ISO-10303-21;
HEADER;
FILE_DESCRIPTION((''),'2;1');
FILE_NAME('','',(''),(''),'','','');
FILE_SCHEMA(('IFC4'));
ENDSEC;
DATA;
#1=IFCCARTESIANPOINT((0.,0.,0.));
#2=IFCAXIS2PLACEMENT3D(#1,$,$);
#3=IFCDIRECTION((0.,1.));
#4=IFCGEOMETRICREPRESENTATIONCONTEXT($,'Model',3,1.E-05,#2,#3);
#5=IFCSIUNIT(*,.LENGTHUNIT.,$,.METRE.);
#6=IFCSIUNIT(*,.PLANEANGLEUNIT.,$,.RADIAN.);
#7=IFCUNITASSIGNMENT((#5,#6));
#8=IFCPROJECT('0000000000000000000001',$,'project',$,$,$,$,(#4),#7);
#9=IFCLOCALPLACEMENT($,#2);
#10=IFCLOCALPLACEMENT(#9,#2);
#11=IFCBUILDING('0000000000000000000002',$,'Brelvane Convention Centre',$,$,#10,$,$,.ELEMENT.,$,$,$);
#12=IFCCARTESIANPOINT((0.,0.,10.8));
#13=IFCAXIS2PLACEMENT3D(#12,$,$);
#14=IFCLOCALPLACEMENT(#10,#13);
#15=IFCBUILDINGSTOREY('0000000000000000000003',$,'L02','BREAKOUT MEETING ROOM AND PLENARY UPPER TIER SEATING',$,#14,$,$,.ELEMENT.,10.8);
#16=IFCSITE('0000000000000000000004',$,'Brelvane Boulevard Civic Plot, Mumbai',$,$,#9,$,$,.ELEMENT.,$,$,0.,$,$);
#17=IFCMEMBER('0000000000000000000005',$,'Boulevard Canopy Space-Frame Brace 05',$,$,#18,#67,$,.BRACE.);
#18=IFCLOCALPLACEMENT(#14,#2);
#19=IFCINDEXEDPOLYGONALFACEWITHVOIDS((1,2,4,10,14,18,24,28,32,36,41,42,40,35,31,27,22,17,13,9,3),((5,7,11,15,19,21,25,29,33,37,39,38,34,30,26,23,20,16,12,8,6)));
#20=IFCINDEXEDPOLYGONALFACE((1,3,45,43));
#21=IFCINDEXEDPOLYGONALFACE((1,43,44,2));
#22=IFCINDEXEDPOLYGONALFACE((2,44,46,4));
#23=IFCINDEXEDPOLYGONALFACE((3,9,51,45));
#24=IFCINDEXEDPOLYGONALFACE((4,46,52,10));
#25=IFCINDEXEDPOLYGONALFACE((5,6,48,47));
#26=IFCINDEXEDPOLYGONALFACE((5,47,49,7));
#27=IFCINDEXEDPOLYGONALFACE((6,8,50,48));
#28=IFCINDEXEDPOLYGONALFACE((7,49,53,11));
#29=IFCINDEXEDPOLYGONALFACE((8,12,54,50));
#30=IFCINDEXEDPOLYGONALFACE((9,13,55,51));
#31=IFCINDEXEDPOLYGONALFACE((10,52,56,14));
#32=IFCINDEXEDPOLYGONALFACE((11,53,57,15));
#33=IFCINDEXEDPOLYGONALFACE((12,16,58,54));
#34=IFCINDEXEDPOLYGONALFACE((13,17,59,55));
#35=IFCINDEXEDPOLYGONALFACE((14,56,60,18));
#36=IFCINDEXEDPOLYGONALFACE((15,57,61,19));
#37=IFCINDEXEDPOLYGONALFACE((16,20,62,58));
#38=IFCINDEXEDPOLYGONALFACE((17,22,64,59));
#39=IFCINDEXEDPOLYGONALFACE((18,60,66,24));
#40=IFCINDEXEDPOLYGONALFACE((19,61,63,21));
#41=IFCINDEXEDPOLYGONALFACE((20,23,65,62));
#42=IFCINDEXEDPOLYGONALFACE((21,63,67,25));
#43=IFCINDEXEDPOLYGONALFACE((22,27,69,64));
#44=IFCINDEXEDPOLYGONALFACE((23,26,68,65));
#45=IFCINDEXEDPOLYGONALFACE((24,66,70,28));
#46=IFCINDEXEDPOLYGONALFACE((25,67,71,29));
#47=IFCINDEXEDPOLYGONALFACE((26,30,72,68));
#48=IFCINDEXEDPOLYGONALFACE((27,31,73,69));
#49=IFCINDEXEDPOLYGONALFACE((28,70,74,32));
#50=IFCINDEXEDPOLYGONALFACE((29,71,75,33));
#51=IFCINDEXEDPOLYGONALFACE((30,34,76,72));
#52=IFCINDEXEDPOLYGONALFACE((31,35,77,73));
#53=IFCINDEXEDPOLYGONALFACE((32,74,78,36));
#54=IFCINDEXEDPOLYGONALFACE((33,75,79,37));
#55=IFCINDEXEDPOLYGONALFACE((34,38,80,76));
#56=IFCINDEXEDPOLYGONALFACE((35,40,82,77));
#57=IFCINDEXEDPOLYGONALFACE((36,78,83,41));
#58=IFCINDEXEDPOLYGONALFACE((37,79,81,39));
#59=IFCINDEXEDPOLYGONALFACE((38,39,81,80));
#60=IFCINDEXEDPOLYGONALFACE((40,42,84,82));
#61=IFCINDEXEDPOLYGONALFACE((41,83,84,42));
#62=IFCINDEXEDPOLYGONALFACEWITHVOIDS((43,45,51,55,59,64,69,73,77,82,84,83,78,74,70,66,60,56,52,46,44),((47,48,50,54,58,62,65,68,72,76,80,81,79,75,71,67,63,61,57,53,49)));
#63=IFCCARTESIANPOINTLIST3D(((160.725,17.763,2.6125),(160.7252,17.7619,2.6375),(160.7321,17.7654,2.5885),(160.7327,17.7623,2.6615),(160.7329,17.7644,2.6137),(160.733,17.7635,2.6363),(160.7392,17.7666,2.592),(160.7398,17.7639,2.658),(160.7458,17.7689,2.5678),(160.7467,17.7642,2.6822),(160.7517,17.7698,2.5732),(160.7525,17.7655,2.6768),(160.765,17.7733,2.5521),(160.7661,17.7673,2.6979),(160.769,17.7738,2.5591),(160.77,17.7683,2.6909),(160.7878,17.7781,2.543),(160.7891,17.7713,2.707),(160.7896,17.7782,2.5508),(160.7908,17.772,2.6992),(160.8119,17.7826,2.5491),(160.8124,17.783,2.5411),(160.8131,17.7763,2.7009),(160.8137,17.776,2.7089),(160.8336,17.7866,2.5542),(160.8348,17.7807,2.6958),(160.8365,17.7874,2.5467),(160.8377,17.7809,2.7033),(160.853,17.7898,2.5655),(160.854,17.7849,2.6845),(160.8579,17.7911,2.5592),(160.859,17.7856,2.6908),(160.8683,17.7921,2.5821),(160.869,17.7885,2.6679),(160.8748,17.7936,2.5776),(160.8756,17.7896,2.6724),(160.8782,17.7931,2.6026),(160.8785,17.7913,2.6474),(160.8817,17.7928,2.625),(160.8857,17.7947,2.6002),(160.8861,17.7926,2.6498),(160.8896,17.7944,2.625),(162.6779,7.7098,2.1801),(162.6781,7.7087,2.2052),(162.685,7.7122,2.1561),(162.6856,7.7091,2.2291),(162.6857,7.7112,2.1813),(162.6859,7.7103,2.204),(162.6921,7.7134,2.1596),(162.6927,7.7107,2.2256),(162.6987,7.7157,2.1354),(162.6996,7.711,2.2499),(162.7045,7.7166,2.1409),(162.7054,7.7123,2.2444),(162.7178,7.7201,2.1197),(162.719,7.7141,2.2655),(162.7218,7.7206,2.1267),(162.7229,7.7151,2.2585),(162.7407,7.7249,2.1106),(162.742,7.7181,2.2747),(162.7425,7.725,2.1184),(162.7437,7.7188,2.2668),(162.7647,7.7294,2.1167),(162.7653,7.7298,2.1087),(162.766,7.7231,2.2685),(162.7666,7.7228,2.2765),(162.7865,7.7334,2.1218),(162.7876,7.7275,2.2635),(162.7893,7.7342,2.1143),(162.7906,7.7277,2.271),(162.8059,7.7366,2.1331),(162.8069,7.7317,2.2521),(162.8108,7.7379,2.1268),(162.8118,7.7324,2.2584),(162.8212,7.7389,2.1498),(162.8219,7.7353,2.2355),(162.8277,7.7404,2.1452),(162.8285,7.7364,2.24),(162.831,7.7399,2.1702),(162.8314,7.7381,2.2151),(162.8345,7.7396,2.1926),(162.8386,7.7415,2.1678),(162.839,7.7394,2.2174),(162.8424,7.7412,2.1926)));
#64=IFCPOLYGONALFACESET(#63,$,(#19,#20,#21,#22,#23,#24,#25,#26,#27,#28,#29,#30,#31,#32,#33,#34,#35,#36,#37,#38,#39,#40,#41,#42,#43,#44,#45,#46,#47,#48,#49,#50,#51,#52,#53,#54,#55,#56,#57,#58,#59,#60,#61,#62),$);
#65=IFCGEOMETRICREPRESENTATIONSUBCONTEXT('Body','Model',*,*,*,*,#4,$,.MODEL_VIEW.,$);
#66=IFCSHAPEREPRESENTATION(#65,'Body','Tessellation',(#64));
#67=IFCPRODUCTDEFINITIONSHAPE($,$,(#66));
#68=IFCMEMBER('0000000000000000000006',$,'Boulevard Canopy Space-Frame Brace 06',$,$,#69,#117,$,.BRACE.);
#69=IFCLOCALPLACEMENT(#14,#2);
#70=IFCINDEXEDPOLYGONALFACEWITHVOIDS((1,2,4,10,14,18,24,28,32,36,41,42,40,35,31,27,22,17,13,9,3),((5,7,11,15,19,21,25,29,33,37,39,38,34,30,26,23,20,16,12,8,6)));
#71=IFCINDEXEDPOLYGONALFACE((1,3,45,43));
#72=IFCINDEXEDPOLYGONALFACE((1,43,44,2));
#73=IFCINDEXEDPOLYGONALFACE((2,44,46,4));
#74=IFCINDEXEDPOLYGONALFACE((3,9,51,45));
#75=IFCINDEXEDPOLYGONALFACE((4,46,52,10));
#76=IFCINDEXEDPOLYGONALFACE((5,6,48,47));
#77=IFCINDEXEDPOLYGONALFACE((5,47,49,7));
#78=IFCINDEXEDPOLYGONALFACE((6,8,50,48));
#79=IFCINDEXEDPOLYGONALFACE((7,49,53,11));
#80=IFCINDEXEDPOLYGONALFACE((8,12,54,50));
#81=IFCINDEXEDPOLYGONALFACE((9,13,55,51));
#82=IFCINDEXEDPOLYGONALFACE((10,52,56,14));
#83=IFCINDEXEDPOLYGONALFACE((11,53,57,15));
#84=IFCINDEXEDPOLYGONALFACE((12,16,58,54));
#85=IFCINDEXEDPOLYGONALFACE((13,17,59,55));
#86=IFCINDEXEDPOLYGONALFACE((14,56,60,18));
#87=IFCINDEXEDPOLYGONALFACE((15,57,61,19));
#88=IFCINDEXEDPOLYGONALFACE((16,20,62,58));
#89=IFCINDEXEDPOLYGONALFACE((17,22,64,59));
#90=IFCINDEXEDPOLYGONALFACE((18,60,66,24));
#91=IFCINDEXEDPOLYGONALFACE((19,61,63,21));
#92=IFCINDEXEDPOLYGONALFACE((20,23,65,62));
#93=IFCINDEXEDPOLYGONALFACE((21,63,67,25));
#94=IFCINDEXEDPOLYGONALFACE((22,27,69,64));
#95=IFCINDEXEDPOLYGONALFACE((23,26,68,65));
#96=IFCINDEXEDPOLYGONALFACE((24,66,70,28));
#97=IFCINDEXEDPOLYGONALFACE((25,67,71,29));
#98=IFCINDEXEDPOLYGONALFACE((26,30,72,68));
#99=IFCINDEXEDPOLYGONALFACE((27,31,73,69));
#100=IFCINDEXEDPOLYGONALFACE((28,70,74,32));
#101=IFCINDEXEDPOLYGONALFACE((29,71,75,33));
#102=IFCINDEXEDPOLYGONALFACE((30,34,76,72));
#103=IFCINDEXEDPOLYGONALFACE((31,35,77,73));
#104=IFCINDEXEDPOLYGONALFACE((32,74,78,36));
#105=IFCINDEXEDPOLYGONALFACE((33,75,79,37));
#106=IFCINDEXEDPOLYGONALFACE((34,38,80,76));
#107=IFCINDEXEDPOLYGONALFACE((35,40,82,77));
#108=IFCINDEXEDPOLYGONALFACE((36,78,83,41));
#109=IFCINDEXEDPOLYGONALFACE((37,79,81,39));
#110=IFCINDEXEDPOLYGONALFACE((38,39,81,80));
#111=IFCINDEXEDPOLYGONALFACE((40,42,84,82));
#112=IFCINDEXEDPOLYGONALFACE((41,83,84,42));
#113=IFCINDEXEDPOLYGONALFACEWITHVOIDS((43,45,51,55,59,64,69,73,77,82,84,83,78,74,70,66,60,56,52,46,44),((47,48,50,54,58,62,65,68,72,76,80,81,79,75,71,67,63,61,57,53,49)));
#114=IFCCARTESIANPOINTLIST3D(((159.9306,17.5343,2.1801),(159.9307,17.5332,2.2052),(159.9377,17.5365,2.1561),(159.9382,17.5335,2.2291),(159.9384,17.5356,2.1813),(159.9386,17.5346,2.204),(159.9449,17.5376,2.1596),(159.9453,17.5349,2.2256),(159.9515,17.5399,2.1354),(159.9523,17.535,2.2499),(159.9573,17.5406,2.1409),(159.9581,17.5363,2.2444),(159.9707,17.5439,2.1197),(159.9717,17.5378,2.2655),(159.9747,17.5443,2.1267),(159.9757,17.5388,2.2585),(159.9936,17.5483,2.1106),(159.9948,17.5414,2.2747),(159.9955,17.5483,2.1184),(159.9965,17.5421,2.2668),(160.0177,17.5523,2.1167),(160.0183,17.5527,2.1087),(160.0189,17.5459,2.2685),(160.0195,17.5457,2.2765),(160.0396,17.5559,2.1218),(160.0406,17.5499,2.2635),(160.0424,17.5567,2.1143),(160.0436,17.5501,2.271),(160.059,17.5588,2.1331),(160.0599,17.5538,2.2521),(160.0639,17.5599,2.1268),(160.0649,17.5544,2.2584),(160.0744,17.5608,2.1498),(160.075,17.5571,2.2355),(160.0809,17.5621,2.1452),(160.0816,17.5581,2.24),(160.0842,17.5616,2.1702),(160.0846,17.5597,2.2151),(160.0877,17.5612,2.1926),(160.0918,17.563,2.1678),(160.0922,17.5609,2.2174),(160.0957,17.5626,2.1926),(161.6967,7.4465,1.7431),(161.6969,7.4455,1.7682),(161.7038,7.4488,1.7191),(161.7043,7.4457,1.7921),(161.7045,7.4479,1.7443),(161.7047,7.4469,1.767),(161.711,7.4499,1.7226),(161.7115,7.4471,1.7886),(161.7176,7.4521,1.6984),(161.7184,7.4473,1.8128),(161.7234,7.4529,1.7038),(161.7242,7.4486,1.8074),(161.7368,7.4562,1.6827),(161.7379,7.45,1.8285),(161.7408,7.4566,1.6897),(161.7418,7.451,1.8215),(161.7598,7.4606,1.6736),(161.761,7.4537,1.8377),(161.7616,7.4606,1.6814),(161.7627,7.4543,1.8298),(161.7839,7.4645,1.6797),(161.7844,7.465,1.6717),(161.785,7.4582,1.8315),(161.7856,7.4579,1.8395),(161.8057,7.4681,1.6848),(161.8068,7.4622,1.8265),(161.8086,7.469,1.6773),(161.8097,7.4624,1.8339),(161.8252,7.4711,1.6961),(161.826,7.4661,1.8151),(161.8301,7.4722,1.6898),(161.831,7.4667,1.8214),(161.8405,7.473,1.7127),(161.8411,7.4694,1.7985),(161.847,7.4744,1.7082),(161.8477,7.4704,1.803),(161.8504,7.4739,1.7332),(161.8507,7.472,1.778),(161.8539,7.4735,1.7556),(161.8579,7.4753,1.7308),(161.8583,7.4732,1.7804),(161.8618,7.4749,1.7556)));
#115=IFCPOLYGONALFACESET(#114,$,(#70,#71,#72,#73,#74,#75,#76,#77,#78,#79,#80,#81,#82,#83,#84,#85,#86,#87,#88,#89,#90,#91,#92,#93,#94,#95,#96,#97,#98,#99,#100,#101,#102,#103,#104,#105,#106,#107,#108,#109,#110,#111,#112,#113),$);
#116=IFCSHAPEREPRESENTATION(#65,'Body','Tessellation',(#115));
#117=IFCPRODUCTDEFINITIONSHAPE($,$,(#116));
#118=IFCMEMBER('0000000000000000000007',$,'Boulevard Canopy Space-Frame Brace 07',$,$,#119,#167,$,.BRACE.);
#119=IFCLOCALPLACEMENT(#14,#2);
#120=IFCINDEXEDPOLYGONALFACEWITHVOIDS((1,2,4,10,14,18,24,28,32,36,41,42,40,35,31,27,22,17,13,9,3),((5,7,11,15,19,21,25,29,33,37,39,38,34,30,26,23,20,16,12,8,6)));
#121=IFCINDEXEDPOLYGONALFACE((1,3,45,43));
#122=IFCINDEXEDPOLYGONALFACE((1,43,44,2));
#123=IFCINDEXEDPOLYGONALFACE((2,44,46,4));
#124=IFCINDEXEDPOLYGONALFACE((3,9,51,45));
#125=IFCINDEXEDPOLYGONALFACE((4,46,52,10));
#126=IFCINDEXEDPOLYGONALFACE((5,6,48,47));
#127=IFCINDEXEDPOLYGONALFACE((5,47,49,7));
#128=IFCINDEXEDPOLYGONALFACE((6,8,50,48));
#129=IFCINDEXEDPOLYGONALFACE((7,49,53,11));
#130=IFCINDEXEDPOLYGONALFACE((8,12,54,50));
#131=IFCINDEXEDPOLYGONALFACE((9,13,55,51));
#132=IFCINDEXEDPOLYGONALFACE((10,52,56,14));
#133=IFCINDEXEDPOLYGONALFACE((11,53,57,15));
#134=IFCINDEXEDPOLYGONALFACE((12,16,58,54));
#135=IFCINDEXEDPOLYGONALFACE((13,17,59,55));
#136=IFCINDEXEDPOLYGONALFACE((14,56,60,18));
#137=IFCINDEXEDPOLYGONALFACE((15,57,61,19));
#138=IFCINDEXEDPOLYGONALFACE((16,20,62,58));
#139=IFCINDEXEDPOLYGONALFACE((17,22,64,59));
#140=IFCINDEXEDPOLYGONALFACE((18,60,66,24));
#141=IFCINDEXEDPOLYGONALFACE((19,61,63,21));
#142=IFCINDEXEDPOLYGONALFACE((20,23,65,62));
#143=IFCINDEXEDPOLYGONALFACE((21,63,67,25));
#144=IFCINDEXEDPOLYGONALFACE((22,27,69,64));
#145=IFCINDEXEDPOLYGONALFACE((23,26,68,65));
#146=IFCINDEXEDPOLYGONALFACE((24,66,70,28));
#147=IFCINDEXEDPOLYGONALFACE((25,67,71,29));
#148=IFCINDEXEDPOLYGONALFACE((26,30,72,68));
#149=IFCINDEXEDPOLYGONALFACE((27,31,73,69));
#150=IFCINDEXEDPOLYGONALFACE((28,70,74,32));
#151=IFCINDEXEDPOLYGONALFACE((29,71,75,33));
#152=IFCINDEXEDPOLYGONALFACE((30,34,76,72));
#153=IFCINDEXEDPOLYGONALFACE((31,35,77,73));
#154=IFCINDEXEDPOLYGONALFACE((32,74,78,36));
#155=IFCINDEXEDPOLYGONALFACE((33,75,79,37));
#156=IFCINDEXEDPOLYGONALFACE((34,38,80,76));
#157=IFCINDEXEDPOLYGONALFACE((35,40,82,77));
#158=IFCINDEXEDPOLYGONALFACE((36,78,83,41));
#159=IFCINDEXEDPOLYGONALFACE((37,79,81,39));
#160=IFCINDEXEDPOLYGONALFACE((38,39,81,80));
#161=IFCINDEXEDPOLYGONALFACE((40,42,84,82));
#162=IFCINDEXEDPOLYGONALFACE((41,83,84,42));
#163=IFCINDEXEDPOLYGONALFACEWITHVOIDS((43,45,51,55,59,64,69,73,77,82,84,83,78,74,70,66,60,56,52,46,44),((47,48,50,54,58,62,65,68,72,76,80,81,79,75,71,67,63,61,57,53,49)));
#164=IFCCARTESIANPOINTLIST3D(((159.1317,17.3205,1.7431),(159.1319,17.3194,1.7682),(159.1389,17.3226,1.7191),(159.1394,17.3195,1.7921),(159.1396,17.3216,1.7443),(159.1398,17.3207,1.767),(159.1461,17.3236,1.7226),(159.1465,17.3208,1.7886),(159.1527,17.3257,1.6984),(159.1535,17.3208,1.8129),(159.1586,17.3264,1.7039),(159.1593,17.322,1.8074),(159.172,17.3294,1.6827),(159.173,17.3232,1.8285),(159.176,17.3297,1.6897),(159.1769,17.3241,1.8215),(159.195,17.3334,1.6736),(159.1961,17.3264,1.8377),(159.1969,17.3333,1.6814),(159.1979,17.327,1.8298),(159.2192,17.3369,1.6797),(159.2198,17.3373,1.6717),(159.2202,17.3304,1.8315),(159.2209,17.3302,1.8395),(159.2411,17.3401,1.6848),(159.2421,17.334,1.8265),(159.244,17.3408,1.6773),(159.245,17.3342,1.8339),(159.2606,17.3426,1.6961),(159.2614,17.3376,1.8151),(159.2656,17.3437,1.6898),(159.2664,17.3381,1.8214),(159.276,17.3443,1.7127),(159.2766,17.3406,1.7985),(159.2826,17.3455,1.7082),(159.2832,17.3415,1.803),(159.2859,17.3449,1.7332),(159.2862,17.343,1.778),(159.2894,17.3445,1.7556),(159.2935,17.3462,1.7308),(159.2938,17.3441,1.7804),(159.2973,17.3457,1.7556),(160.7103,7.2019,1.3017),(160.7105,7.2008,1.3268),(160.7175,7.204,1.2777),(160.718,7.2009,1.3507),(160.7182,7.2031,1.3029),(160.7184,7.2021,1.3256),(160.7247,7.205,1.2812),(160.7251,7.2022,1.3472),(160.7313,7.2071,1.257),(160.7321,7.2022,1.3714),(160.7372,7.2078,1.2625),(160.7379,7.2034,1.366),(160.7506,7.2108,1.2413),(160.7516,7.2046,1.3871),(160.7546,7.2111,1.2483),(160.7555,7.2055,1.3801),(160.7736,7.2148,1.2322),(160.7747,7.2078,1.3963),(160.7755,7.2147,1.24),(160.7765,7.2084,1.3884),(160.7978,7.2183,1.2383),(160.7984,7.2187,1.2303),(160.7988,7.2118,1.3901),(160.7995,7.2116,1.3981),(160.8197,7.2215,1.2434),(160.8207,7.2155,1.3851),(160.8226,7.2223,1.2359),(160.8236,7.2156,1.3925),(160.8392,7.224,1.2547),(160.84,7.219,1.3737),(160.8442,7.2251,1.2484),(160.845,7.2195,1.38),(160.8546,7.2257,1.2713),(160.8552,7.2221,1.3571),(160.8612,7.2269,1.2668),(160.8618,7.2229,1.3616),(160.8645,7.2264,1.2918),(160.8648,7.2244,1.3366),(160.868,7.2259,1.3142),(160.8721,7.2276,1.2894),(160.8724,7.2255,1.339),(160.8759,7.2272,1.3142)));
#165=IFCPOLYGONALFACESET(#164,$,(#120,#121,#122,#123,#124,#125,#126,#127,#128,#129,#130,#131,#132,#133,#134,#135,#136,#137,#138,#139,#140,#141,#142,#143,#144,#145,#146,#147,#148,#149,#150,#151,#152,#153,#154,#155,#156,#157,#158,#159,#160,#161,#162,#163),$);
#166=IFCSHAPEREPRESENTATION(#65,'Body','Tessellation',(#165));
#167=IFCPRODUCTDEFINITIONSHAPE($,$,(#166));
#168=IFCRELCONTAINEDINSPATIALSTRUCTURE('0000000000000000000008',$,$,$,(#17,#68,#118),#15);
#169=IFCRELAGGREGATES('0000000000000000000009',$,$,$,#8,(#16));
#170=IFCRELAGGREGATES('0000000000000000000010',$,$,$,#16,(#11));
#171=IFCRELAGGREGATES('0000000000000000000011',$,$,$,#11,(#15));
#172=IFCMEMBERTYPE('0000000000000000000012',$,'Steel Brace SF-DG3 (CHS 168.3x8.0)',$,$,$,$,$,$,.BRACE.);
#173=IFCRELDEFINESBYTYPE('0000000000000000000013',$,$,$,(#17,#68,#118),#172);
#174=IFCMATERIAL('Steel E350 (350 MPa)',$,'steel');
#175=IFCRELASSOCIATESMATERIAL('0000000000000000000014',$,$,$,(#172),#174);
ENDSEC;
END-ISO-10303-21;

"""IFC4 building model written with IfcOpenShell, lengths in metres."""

from ifc_helpers import new_model, si_unit, direction, frame, origin, origin_2d, place, context, subcontext, project, spatial, hollow_circle, extrude, material, material_profile, profile_set, type_object, element, save


model = new_model("IFC4")

# Units and contexts
model_context = context("Model", 3, precision=1e-05, world=origin(), true_north=direction((0.0, 1.0)))
body_context = subcontext(model_context, "Body", "Model", "MODEL_VIEW")
ifc_project = project(units=[si_unit("LENGTHUNIT", "METRE"), si_unit("PLANEANGLEUNIT", "RADIAN")], contexts=[model_context])

# Site, building, storey
site_placement = place(None, origin())
site = spatial("IfcSite", under=ifc_project, at=site_placement, Name="Brelvane Boulevard Civic Plot, Mumbai", CompositionType="ELEMENT", RefElevation=0.0)
building_placement = place(site_placement, origin())
building = spatial("IfcBuilding", under=site, at=building_placement, Name="Brelvane Convention Centre", CompositionType="ELEMENT")
storey_placement = place(building_placement, frame((0.0, 0.0, 10.8)))
storey = spatial("IfcBuildingStorey", under=building, at=storey_placement, Name="L02", Description="BREAKOUT MEETING ROOM AND PLENARY UPPER TIER SEATING", CompositionType="ELEMENT", Elevation=10.8)

# Members
ifc_material_1 = material(Name="Steel E350 (350 MPa)", Category="steel")
ifc_material_profile_1 = material_profile(ifc_material_1, hollow_circle(Radius=0.0842, WallThickness=0.0081, at=origin_2d()), Name="CHS 168.3x8.0")
ifc_profile_set_1 = profile_set([ifc_material_profile_1], Name="Steel E350 (350 MPa)")
member_type_1 = type_object("IfcMemberType", Name="Steel Brace SF-DG3 (CHS 168.3x8.0)", PredefinedType="BRACE", material=ifc_profile_set_1)
for number, where, z_axis, x_axis, name in (
    (1, (160.8069, 17.7783, 2.625), (0.19052, -0.980777, -0.042182), (0.98165, 0.19069, 0.0), "Boulevard Canopy Space-Frame Brace 05"),
):
    element("IfcMember", number, at=place(storey_placement, frame(where, z_axis=z_axis, x_axis=x_axis)), inside=storey, type_object=member_type_1, Name=name, PredefinedType="BRACE", context=body_context, shape_type="SweptSolid", body=[
        extrude(hollow_circle(Radius=0.0842, WallThickness=0.0081, at=origin_2d()), origin(), (0.0, 0.0, 1.0), 10.2502),
    ])
for number, where, z_axis, x_axis, name in (
    (2, (160.0127, 17.5481, 2.1926), (0.172297, -0.984122, -0.042634), (0.985018, 0.172454, 0.0), "Boulevard Canopy Space-Frame Brace 06"),
    (3, (159.2141, 17.3328, 1.7556), (0.154003, -0.987132, -0.043062), (0.988048, 0.154146, 0.0), "Boulevard Canopy Space-Frame Brace 07"),
):
    element("IfcMember", number, at=place(storey_placement, frame(where, z_axis=z_axis, x_axis=x_axis)), inside=storey, type_object=member_type_1, Name=name, PredefinedType="BRACE", context=body_context, shape_type="SweptSolid", body=[
        extrude(hollow_circle(Radius=0.0842, WallThickness=0.0081, at=origin_2d()), origin(), (0.0, 0.0, 1.0), 10.2505),
    ])

save(model, "model.ifc")
